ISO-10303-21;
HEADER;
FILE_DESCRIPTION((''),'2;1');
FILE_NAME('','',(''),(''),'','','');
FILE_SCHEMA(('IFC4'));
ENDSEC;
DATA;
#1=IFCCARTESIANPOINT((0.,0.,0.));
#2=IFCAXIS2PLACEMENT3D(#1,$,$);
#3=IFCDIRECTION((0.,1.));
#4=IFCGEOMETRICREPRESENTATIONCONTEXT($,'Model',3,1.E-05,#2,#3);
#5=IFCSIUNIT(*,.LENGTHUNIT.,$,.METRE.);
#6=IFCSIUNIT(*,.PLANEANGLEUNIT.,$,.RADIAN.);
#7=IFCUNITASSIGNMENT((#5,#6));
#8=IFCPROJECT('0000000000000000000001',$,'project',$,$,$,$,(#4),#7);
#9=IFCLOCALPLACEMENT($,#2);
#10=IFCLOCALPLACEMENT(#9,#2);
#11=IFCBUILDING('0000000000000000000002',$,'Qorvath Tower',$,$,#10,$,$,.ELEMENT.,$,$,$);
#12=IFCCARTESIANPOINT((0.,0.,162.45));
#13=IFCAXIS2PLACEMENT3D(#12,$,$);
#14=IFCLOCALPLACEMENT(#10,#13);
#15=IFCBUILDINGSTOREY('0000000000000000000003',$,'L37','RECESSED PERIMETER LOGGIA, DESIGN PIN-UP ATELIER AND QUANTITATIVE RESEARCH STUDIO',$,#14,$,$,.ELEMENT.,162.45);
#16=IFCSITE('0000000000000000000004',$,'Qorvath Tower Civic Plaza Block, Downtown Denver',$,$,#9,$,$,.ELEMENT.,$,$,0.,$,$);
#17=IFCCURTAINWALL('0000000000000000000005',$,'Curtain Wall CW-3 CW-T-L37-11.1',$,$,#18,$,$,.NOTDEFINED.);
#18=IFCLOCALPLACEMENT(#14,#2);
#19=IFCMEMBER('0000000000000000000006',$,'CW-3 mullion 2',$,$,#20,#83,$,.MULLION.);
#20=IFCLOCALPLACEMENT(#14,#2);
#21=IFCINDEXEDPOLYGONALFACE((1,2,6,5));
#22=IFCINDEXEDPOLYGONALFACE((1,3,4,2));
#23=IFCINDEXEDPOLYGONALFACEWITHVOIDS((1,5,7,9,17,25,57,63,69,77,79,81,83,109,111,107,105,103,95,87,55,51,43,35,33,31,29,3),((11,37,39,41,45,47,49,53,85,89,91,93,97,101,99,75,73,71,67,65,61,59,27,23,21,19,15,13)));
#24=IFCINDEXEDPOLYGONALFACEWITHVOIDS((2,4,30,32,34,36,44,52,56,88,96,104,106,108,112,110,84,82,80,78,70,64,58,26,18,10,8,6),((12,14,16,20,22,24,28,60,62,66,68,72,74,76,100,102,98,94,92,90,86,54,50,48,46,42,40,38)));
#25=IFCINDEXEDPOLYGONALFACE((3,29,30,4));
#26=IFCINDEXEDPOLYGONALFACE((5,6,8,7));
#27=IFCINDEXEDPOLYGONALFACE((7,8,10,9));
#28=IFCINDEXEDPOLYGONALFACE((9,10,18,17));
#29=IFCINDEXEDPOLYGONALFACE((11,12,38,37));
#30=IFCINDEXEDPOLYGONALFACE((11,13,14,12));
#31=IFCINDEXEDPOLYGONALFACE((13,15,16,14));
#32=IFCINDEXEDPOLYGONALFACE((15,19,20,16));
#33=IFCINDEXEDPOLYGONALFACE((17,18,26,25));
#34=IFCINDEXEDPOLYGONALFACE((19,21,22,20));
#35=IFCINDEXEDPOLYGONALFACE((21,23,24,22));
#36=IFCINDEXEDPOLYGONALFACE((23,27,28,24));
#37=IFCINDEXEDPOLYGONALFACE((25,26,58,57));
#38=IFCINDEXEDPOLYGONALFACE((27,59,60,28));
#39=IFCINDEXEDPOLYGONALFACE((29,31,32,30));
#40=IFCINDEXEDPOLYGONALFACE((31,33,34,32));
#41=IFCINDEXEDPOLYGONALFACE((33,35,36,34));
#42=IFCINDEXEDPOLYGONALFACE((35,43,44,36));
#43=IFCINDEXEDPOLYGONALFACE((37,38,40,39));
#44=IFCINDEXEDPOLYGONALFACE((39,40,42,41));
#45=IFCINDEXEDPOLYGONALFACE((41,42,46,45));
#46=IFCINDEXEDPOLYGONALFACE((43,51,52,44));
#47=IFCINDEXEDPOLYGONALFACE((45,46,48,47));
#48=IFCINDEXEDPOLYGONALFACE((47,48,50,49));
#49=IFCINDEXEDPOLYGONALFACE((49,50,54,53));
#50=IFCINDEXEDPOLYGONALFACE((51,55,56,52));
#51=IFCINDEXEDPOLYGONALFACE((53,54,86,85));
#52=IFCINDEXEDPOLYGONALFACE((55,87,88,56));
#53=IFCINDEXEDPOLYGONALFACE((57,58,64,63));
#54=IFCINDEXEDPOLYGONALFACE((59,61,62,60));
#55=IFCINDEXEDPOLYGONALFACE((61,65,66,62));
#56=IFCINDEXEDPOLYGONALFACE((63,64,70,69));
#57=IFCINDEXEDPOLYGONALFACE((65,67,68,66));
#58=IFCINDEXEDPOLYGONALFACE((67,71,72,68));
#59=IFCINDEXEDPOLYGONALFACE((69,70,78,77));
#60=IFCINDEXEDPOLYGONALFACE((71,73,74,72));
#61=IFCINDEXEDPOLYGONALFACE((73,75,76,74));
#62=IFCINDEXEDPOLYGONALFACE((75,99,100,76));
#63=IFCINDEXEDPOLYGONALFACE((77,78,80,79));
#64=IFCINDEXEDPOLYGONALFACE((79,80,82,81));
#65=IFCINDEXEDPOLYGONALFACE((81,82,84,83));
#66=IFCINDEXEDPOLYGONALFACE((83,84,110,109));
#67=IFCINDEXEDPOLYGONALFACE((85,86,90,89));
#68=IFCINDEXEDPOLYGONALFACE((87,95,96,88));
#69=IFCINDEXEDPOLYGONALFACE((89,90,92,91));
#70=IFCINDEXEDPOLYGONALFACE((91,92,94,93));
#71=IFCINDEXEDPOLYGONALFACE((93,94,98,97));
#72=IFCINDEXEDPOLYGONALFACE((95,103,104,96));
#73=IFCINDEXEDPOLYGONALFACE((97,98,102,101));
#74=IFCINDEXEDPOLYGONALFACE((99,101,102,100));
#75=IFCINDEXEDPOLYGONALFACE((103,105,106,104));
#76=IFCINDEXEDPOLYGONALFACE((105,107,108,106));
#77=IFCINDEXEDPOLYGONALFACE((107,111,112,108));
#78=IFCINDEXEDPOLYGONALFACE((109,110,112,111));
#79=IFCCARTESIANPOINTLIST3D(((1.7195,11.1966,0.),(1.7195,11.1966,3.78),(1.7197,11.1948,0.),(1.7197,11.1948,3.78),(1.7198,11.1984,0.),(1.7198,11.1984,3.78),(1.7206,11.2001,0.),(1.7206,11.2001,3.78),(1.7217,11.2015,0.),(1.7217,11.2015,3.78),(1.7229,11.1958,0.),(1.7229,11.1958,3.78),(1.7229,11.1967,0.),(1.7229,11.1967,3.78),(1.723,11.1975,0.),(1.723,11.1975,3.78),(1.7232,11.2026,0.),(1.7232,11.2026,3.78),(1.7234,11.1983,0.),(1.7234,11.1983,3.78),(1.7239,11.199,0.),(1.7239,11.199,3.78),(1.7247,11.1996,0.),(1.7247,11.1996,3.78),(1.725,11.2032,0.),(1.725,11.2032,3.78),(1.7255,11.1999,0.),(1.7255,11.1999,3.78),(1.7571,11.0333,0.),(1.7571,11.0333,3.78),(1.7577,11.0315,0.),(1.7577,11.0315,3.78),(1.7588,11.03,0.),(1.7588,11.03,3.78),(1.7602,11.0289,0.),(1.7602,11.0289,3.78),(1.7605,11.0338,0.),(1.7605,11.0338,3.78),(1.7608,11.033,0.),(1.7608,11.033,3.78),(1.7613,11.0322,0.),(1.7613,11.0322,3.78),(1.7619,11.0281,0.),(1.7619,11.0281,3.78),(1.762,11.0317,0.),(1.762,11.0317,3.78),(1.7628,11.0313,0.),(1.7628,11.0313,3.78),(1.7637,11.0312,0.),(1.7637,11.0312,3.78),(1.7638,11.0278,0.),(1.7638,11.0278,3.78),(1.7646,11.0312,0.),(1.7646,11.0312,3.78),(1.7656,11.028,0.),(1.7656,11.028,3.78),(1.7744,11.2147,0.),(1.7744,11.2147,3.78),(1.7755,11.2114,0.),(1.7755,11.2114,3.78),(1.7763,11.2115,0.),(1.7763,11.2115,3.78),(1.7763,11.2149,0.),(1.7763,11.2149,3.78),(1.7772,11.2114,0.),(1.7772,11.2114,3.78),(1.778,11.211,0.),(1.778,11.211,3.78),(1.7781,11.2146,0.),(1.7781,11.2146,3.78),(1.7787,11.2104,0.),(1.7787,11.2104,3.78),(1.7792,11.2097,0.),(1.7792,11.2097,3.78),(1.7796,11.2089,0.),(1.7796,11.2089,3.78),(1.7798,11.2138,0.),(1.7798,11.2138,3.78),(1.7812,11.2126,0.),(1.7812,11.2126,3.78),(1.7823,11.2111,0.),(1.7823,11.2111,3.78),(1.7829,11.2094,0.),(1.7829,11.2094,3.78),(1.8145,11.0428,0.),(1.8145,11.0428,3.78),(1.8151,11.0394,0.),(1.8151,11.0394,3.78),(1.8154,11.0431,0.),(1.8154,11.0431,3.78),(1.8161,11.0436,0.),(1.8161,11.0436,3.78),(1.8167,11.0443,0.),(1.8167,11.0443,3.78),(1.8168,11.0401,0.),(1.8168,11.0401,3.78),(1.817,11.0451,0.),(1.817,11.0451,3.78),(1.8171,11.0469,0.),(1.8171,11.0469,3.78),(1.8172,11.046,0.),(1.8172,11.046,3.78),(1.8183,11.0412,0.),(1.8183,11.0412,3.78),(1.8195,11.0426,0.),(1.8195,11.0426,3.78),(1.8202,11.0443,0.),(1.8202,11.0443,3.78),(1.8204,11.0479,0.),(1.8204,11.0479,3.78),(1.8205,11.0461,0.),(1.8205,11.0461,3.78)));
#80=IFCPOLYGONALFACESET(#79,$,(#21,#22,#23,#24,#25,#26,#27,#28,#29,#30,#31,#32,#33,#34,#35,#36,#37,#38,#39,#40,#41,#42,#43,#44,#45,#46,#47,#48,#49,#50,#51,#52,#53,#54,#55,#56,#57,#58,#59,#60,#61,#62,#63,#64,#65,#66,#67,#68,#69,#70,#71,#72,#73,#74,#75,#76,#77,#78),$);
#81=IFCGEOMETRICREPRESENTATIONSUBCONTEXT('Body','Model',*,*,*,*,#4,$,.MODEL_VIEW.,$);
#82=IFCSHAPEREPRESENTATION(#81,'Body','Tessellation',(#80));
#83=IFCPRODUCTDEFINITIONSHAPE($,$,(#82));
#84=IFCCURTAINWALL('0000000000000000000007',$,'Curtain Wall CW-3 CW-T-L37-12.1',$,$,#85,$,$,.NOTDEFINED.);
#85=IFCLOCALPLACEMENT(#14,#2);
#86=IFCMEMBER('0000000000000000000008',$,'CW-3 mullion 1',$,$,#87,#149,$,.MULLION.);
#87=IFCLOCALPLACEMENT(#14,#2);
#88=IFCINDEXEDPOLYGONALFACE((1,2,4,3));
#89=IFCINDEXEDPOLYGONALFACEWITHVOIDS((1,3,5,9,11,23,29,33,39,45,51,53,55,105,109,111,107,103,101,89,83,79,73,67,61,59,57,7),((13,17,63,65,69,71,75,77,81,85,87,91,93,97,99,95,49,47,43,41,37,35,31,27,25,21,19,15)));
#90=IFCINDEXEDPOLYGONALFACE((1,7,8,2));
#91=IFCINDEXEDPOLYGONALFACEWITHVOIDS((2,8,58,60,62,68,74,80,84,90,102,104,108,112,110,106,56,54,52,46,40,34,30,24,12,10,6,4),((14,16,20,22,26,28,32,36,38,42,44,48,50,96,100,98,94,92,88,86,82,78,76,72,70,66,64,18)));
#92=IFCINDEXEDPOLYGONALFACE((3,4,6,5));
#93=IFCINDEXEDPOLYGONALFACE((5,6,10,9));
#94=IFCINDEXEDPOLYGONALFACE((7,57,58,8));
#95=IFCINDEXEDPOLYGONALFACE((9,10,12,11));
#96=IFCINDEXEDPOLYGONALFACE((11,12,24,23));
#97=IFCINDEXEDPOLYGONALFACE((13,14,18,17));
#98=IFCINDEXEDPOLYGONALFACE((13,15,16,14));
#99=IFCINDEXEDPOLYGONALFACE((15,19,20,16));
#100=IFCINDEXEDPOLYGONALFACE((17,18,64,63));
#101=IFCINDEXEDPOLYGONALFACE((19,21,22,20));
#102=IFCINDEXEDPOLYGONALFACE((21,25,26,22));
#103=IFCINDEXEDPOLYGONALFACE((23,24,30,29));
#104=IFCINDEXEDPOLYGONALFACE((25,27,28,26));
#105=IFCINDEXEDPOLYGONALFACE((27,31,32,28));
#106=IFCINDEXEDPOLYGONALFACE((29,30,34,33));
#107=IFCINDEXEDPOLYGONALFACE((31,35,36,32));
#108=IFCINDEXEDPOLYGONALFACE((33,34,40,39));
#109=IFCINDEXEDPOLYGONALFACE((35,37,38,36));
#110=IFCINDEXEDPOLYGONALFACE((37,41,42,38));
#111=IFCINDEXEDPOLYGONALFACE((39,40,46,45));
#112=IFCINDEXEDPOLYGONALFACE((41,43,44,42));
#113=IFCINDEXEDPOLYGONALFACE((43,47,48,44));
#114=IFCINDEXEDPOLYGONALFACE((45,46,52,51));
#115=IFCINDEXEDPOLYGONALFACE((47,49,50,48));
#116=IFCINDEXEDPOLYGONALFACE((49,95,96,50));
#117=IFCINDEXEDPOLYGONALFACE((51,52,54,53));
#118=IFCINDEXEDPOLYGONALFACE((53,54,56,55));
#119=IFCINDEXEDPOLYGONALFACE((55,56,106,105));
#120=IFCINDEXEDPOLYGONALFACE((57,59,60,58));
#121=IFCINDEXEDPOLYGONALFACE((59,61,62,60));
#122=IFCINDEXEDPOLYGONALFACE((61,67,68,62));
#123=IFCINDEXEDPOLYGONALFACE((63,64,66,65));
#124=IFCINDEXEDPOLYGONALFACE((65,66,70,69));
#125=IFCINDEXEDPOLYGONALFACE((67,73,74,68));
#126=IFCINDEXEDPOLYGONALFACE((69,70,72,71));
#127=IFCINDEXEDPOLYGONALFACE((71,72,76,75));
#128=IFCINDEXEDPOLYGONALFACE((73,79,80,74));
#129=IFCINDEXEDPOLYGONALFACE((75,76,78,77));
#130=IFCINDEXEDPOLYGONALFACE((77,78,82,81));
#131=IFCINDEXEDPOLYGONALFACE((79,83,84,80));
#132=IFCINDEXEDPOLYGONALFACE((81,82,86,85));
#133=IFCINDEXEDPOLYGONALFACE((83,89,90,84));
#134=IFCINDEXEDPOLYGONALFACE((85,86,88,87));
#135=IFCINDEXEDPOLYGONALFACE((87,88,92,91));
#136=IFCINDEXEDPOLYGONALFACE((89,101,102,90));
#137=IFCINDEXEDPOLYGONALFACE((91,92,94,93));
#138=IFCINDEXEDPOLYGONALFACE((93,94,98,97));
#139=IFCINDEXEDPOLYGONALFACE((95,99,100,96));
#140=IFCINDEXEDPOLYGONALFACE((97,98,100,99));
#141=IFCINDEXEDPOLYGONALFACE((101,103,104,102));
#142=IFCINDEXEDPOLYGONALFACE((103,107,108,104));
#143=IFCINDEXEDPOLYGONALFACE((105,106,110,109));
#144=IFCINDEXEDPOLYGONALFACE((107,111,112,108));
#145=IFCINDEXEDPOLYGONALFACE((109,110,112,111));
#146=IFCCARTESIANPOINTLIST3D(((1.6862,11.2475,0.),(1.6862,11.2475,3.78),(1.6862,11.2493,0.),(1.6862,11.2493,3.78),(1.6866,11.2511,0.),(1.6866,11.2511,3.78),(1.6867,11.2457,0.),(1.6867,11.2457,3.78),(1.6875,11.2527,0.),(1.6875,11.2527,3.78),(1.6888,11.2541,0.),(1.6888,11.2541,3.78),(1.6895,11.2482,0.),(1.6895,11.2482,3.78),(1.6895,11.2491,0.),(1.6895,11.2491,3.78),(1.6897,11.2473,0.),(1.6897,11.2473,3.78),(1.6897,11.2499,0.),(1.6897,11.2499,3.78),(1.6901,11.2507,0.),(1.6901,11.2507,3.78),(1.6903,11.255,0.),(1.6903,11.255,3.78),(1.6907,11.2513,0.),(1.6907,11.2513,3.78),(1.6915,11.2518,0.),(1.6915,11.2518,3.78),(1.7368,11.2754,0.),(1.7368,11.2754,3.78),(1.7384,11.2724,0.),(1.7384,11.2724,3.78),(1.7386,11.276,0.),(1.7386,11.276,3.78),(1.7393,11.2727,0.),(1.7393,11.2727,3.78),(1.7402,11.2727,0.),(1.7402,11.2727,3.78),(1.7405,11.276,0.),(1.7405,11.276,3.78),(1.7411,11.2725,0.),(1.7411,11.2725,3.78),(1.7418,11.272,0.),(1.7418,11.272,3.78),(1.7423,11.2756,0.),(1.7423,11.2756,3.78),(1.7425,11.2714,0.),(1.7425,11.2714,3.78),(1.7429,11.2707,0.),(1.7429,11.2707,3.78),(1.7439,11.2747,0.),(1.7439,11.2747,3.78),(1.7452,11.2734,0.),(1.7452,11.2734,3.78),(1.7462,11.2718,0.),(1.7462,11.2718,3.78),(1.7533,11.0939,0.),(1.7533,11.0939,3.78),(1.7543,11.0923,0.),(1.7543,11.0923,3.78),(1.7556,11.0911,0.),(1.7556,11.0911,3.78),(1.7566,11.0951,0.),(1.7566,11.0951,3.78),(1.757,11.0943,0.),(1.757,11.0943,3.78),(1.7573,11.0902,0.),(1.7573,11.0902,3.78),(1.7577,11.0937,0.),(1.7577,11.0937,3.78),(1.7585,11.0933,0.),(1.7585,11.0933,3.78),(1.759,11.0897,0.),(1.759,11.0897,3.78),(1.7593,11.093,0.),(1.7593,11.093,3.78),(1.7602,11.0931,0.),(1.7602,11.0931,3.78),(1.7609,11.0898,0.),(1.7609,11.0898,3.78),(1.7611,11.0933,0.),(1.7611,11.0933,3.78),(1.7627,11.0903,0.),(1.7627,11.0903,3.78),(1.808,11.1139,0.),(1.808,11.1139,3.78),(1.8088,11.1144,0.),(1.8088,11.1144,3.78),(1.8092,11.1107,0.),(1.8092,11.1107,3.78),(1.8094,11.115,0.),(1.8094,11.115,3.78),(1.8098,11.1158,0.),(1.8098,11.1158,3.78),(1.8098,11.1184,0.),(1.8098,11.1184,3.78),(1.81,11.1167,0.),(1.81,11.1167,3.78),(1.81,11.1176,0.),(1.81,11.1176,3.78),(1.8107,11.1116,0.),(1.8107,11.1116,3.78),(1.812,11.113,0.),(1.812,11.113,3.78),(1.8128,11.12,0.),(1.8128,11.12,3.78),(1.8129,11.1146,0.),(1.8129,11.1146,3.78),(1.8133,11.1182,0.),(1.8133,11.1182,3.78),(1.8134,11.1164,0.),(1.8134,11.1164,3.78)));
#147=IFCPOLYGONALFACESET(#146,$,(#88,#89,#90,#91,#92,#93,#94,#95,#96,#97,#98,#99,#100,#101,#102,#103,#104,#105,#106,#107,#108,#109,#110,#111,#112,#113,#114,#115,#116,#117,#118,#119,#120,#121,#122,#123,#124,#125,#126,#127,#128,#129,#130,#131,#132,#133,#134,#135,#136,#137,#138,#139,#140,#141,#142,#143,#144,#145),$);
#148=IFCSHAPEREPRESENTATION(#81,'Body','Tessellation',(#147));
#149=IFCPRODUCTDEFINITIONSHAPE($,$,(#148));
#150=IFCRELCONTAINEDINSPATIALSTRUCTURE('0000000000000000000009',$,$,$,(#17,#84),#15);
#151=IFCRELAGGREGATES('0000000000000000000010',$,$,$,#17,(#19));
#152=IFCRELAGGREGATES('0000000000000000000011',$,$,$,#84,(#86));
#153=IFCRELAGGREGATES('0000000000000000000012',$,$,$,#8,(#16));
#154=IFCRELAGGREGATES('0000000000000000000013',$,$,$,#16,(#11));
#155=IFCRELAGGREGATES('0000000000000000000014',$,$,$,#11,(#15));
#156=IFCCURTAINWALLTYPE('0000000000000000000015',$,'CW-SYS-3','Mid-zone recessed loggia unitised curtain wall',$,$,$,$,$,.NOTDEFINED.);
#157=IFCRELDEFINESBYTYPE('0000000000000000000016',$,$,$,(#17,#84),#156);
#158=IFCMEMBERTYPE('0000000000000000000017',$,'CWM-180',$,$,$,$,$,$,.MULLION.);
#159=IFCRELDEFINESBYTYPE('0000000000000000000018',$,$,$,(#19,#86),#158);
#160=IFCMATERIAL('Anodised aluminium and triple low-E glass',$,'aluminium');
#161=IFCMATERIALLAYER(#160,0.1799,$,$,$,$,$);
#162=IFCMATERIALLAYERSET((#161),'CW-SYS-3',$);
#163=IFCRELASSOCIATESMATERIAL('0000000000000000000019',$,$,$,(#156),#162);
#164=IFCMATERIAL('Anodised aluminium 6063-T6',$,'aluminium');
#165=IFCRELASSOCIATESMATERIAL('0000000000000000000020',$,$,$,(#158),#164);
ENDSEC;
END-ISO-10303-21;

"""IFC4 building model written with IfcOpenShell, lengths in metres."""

from ifc_helpers import new_model, si_unit, direction, frame, origin, origin_2d, place, context, subcontext, project, spatial, hollow_rectangle, extrude, material, layer, layer_set, material_profile, profile_set, type_object, element, aggregate, save


model = new_model("IFC4")

# Units and contexts
model_context = context("Model", 3, precision=1e-05, world=origin(), true_north=direction((0.0, 1.0)))
body_context = subcontext(model_context, "Body", "Model", "MODEL_VIEW")
ifc_project = project(units=[si_unit("LENGTHUNIT", "METRE"), si_unit("PLANEANGLEUNIT", "RADIAN")], contexts=[model_context])

# Site, building, storey
site_placement = place(None, origin())
site = spatial("IfcSite", under=ifc_project, at=site_placement, Name="Qorvath Tower Civic Plaza Block, Downtown Denver", CompositionType="ELEMENT", RefElevation=0.0)
building_placement = place(site_placement, origin())
building = spatial("IfcBuilding", under=site, at=building_placement, Name="Qorvath Tower", CompositionType="ELEMENT")
storey_placement = place(building_placement, frame((0.0, 0.0, 162.45)))
storey = spatial("IfcBuildingStorey", under=building, at=storey_placement, Name="L37", Description="RECESSED PERIMETER LOGGIA, DESIGN PIN-UP ATELIER AND QUANTITATIVE RESEARCH STUDIO", CompositionType="ELEMENT", Elevation=162.45)

# Curtain wall, member
ifc_material_1 = material(Name="Anodised aluminium and triple low-E glass", Category="aluminium")
ifc_layer_1 = layer(ifc_material_1, 0.1799)
ifc_layer_set_1 = layer_set([ifc_layer_1], Name="CW-SYS-3")
curtain_wall_type = type_object("IfcCurtainWallType", Name="CW-SYS-3", Description="Mid-zone recessed loggia unitised curtain wall", PredefinedType="NOTDEFINED", material=ifc_layer_set_1)
curtain_wall_1_placement = place(storey_placement, origin())
curtain_wall_1 = element("IfcCurtainWall", 1, at=curtain_wall_1_placement, inside=storey, type_object=curtain_wall_type, Name="Curtain Wall CW-3 CW-T-L37-11.1", PredefinedType="NOTDEFINED")
ifc_material_2 = material(Name="Anodised aluminium 6063-T6", Category="aluminium")
ifc_material_profile_1 = material_profile(ifc_material_2, hollow_rectangle(XDim=0.0649, YDim=0.1799, WallThickness=0.0034, InnerFilletRadius=0.0034, OuterFilletRadius=0.0071, at=origin_2d()), Name="CWM 180x65")
ifc_profile_set_1 = profile_set([ifc_material_profile_1], Name="Anodised aluminium 6063-T6")
member_type_1 = type_object("IfcMemberType", Name="CWM-180", PredefinedType="MULLION", material=ifc_profile_set_1)
member_1_placement = place(storey_placement, frame((1.77, 11.1213, 0.0), z_axis=(0.0, 0.0, 1.0), x_axis=(-0.974183, -0.225759, 0.0)))
member_1 = element("IfcMember", 2, at=member_1_placement, type_object=member_type_1, Name="CW-3 mullion 2", PredefinedType="MULLION", context=body_context, shape_type="SweptSolid", body=[
    extrude(hollow_rectangle(XDim=0.0649, YDim=0.1799, WallThickness=0.0034, InnerFilletRadius=0.0034, OuterFilletRadius=0.0071, at=origin_2d()), origin(), (0.0, 0.0, 1.0), 3.78),
])

# Curtain wall, member
curtain_wall_2_placement = place(storey_placement, origin())
curtain_wall_2 = element("IfcCurtainWall", 3, at=curtain_wall_2_placement, inside=storey, type_object=curtain_wall_type, Name="Curtain Wall CW-3 CW-T-L37-12.1", PredefinedType="NOTDEFINED")
member_2_placement = place(storey_placement, frame((1.7498, 11.1829, 0.0), z_axis=(0.0, 0.0, 1.0), x_axis=(-0.915663, -0.401947, 0.0)))
member_2 = element("IfcMember", 4, at=member_2_placement, type_object=member_type_1, Name="CW-3 mullion 1", PredefinedType="MULLION", context=body_context, shape_type="SweptSolid", body=[
    extrude(hollow_rectangle(XDim=0.0649, YDim=0.1799, WallThickness=0.0034, InnerFilletRadius=0.0034, OuterFilletRadius=0.0071, at=origin_2d()), origin(), (0.0, 0.0, 1.0), 3.78),
])

aggregate(curtain_wall_1, [member_1])
aggregate(curtain_wall_2, [member_2])

save(model, "model.ifc")
